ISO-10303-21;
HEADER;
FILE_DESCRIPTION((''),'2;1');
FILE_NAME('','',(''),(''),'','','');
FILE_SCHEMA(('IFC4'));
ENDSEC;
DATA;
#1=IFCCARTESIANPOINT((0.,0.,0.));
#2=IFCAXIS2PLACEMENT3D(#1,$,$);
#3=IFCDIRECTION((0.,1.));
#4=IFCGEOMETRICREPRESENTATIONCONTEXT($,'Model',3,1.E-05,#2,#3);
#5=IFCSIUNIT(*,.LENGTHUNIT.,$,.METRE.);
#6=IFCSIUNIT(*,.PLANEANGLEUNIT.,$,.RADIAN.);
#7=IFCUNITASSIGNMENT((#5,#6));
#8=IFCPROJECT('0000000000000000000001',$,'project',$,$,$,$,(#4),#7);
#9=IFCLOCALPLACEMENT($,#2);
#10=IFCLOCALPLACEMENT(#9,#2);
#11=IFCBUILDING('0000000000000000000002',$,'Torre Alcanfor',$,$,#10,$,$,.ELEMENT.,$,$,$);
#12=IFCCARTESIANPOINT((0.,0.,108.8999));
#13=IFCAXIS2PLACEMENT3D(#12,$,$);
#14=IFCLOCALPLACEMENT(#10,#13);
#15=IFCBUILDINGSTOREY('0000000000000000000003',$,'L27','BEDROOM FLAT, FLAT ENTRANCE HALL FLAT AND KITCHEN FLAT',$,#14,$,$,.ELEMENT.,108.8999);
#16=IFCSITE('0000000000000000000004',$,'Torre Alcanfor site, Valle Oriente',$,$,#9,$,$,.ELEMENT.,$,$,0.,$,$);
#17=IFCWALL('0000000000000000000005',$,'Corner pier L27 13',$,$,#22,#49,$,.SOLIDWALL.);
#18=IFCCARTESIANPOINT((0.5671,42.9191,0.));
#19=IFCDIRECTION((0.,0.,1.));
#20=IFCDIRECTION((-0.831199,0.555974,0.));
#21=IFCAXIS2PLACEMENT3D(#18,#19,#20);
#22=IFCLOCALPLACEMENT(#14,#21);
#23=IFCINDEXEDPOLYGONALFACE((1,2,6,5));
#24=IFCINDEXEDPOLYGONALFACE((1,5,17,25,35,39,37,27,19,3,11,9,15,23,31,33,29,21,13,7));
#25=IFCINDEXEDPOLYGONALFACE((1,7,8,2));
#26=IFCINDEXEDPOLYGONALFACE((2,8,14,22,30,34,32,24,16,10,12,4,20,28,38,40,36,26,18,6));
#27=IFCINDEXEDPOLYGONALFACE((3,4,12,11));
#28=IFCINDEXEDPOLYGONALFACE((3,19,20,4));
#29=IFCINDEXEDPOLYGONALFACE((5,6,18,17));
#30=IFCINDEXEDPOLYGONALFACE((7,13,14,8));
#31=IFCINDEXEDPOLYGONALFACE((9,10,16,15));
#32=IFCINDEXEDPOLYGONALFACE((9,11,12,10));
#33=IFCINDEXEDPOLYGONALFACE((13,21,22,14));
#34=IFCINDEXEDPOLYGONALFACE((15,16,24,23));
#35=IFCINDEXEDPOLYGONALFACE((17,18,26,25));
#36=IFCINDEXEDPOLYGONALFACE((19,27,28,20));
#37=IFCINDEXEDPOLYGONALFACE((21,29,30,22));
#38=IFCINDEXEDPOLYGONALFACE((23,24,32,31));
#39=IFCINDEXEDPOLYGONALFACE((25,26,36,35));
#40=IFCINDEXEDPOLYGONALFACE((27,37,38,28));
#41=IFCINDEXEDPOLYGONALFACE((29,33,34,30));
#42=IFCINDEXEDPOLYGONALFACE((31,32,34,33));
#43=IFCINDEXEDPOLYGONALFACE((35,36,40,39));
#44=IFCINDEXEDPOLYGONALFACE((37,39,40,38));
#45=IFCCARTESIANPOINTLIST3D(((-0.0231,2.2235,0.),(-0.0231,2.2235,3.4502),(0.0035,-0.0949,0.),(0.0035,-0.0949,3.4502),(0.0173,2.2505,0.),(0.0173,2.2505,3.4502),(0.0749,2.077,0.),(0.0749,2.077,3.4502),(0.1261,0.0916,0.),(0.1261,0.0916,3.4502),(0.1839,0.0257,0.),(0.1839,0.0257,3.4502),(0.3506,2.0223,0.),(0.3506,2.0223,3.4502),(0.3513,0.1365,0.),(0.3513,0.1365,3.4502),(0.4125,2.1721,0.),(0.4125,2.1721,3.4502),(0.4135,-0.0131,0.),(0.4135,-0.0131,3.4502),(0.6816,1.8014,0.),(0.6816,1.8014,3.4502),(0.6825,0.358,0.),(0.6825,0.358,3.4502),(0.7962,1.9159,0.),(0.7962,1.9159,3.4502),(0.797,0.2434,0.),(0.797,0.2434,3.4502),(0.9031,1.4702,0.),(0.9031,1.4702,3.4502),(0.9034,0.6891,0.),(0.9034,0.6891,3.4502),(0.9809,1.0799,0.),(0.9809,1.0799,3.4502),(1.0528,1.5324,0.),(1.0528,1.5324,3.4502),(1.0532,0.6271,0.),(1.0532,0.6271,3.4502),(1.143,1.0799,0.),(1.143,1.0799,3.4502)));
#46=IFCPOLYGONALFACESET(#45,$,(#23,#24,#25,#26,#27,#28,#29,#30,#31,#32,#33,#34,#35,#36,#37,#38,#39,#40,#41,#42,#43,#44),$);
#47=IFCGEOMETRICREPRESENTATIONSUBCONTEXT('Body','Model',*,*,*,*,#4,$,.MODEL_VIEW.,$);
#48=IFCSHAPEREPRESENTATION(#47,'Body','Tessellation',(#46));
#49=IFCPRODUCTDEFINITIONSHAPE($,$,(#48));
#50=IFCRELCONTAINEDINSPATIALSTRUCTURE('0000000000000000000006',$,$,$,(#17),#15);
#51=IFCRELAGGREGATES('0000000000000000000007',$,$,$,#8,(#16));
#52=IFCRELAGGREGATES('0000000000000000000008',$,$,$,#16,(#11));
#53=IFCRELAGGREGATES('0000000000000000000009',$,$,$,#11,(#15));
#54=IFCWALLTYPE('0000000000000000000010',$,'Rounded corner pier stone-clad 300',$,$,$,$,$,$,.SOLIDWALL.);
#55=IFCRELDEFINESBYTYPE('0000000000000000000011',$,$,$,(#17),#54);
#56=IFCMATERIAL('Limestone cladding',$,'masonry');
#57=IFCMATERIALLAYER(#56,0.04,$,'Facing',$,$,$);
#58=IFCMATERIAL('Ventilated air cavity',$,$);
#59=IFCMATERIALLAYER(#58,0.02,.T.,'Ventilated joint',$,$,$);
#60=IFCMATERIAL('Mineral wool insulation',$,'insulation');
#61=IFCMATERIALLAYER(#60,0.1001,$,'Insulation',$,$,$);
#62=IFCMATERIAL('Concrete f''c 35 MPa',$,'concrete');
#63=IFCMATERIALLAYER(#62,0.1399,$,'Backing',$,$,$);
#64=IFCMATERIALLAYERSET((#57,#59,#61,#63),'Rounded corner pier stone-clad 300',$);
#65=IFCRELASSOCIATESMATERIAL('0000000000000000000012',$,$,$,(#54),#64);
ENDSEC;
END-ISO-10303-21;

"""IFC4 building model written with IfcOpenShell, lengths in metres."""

from ifc_helpers import new_model, si_unit, direction, frame, origin, place, context, subcontext, project, spatial, polyline, outline, extrude, material, layer, layer_set, type_object, element, save


model = new_model("IFC4")

# Units and contexts
model_context = context("Model", 3, precision=1e-05, world=origin(), true_north=direction((0.0, 1.0)))
body_context = subcontext(model_context, "Body", "Model", "MODEL_VIEW")
ifc_project = project(units=[si_unit("LENGTHUNIT", "METRE"), si_unit("PLANEANGLEUNIT", "RADIAN")], contexts=[model_context])

# Site, building, storey
site_placement = place(None, origin())
site = spatial("IfcSite", under=ifc_project, at=site_placement, Name="Torre Alcanfor site, Valle Oriente", CompositionType="ELEMENT", RefElevation=0.0)
building_placement = place(site_placement, origin())
building = spatial("IfcBuilding", under=site, at=building_placement, Name="Torre Alcanfor", CompositionType="ELEMENT")
storey_placement = place(building_placement, frame((0.0, 0.0, 108.8999)))
storey = spatial("IfcBuildingStorey", under=building, at=storey_placement, Name="L27", Description="BEDROOM FLAT, FLAT ENTRANCE HALL FLAT AND KITCHEN FLAT", CompositionType="ELEMENT", Elevation=108.8999)

# Wall
ifc_material_1 = material(Name="Limestone cladding", Category="masonry")
ifc_layer_1 = layer(ifc_material_1, 0.04, Name="Facing")
ifc_material_2 = material(Name="Ventilated air cavity")
ifc_layer_2 = layer(ifc_material_2, 0.02, ventilated=True, Name="Ventilated joint")
ifc_material_3 = material(Name="Mineral wool insulation", Category="insulation")
ifc_layer_3 = layer(ifc_material_3, 0.1001, Name="Insulation")
ifc_material_4 = material(Name="Concrete f'c 35 MPa", Category="concrete")
ifc_layer_4 = layer(ifc_material_4, 0.1399, Name="Backing")
ifc_layer_set_1 = layer_set([ifc_layer_1, ifc_layer_2, ifc_layer_3, ifc_layer_4], Name="Rounded corner pier stone-clad 300")
wall_type_1 = type_object("IfcWallType", Name="Rounded corner pier stone-clad 300", PredefinedType="SOLIDWALL", material=ifc_layer_set_1)
wall_1_placement = place(storey_placement, frame((0.5671, 42.9191, 0.0), z_axis=(0.0, 0.0, 1.0), x_axis=(-0.831199, 0.555974, 0.0)))
element("IfcWall", 1, at=wall_1_placement, inside=storey, type_object=wall_type_1, Name="Corner pier L27 13", PredefinedType="SOLIDWALL", context=body_context, shape_type="SweptSolid", body=[
    extrude(outline(polyline([(0.0035, -0.0949), (0.4135, -0.0131), (0.797, 0.2434), (1.0532, 0.6271), (1.143, 1.0799), (1.0528, 1.5324), (0.7962, 1.9159), (0.4125, 2.1721), (0.0173, 2.2505), (-0.0231, 2.2235), (0.0749, 2.077), (0.3506, 2.0223), (0.6816, 1.8014), (0.9031, 1.4702), (0.9809, 1.0799), (0.9034, 0.6891), (0.6825, 0.358), (0.3513, 0.1365), (0.1261, 0.0916), (0.1839, 0.0257), (0.0035, -0.0949)])), origin(), (0.0, 0.0, 1.0), 3.4502),
])

save(model, "model.ifc")
